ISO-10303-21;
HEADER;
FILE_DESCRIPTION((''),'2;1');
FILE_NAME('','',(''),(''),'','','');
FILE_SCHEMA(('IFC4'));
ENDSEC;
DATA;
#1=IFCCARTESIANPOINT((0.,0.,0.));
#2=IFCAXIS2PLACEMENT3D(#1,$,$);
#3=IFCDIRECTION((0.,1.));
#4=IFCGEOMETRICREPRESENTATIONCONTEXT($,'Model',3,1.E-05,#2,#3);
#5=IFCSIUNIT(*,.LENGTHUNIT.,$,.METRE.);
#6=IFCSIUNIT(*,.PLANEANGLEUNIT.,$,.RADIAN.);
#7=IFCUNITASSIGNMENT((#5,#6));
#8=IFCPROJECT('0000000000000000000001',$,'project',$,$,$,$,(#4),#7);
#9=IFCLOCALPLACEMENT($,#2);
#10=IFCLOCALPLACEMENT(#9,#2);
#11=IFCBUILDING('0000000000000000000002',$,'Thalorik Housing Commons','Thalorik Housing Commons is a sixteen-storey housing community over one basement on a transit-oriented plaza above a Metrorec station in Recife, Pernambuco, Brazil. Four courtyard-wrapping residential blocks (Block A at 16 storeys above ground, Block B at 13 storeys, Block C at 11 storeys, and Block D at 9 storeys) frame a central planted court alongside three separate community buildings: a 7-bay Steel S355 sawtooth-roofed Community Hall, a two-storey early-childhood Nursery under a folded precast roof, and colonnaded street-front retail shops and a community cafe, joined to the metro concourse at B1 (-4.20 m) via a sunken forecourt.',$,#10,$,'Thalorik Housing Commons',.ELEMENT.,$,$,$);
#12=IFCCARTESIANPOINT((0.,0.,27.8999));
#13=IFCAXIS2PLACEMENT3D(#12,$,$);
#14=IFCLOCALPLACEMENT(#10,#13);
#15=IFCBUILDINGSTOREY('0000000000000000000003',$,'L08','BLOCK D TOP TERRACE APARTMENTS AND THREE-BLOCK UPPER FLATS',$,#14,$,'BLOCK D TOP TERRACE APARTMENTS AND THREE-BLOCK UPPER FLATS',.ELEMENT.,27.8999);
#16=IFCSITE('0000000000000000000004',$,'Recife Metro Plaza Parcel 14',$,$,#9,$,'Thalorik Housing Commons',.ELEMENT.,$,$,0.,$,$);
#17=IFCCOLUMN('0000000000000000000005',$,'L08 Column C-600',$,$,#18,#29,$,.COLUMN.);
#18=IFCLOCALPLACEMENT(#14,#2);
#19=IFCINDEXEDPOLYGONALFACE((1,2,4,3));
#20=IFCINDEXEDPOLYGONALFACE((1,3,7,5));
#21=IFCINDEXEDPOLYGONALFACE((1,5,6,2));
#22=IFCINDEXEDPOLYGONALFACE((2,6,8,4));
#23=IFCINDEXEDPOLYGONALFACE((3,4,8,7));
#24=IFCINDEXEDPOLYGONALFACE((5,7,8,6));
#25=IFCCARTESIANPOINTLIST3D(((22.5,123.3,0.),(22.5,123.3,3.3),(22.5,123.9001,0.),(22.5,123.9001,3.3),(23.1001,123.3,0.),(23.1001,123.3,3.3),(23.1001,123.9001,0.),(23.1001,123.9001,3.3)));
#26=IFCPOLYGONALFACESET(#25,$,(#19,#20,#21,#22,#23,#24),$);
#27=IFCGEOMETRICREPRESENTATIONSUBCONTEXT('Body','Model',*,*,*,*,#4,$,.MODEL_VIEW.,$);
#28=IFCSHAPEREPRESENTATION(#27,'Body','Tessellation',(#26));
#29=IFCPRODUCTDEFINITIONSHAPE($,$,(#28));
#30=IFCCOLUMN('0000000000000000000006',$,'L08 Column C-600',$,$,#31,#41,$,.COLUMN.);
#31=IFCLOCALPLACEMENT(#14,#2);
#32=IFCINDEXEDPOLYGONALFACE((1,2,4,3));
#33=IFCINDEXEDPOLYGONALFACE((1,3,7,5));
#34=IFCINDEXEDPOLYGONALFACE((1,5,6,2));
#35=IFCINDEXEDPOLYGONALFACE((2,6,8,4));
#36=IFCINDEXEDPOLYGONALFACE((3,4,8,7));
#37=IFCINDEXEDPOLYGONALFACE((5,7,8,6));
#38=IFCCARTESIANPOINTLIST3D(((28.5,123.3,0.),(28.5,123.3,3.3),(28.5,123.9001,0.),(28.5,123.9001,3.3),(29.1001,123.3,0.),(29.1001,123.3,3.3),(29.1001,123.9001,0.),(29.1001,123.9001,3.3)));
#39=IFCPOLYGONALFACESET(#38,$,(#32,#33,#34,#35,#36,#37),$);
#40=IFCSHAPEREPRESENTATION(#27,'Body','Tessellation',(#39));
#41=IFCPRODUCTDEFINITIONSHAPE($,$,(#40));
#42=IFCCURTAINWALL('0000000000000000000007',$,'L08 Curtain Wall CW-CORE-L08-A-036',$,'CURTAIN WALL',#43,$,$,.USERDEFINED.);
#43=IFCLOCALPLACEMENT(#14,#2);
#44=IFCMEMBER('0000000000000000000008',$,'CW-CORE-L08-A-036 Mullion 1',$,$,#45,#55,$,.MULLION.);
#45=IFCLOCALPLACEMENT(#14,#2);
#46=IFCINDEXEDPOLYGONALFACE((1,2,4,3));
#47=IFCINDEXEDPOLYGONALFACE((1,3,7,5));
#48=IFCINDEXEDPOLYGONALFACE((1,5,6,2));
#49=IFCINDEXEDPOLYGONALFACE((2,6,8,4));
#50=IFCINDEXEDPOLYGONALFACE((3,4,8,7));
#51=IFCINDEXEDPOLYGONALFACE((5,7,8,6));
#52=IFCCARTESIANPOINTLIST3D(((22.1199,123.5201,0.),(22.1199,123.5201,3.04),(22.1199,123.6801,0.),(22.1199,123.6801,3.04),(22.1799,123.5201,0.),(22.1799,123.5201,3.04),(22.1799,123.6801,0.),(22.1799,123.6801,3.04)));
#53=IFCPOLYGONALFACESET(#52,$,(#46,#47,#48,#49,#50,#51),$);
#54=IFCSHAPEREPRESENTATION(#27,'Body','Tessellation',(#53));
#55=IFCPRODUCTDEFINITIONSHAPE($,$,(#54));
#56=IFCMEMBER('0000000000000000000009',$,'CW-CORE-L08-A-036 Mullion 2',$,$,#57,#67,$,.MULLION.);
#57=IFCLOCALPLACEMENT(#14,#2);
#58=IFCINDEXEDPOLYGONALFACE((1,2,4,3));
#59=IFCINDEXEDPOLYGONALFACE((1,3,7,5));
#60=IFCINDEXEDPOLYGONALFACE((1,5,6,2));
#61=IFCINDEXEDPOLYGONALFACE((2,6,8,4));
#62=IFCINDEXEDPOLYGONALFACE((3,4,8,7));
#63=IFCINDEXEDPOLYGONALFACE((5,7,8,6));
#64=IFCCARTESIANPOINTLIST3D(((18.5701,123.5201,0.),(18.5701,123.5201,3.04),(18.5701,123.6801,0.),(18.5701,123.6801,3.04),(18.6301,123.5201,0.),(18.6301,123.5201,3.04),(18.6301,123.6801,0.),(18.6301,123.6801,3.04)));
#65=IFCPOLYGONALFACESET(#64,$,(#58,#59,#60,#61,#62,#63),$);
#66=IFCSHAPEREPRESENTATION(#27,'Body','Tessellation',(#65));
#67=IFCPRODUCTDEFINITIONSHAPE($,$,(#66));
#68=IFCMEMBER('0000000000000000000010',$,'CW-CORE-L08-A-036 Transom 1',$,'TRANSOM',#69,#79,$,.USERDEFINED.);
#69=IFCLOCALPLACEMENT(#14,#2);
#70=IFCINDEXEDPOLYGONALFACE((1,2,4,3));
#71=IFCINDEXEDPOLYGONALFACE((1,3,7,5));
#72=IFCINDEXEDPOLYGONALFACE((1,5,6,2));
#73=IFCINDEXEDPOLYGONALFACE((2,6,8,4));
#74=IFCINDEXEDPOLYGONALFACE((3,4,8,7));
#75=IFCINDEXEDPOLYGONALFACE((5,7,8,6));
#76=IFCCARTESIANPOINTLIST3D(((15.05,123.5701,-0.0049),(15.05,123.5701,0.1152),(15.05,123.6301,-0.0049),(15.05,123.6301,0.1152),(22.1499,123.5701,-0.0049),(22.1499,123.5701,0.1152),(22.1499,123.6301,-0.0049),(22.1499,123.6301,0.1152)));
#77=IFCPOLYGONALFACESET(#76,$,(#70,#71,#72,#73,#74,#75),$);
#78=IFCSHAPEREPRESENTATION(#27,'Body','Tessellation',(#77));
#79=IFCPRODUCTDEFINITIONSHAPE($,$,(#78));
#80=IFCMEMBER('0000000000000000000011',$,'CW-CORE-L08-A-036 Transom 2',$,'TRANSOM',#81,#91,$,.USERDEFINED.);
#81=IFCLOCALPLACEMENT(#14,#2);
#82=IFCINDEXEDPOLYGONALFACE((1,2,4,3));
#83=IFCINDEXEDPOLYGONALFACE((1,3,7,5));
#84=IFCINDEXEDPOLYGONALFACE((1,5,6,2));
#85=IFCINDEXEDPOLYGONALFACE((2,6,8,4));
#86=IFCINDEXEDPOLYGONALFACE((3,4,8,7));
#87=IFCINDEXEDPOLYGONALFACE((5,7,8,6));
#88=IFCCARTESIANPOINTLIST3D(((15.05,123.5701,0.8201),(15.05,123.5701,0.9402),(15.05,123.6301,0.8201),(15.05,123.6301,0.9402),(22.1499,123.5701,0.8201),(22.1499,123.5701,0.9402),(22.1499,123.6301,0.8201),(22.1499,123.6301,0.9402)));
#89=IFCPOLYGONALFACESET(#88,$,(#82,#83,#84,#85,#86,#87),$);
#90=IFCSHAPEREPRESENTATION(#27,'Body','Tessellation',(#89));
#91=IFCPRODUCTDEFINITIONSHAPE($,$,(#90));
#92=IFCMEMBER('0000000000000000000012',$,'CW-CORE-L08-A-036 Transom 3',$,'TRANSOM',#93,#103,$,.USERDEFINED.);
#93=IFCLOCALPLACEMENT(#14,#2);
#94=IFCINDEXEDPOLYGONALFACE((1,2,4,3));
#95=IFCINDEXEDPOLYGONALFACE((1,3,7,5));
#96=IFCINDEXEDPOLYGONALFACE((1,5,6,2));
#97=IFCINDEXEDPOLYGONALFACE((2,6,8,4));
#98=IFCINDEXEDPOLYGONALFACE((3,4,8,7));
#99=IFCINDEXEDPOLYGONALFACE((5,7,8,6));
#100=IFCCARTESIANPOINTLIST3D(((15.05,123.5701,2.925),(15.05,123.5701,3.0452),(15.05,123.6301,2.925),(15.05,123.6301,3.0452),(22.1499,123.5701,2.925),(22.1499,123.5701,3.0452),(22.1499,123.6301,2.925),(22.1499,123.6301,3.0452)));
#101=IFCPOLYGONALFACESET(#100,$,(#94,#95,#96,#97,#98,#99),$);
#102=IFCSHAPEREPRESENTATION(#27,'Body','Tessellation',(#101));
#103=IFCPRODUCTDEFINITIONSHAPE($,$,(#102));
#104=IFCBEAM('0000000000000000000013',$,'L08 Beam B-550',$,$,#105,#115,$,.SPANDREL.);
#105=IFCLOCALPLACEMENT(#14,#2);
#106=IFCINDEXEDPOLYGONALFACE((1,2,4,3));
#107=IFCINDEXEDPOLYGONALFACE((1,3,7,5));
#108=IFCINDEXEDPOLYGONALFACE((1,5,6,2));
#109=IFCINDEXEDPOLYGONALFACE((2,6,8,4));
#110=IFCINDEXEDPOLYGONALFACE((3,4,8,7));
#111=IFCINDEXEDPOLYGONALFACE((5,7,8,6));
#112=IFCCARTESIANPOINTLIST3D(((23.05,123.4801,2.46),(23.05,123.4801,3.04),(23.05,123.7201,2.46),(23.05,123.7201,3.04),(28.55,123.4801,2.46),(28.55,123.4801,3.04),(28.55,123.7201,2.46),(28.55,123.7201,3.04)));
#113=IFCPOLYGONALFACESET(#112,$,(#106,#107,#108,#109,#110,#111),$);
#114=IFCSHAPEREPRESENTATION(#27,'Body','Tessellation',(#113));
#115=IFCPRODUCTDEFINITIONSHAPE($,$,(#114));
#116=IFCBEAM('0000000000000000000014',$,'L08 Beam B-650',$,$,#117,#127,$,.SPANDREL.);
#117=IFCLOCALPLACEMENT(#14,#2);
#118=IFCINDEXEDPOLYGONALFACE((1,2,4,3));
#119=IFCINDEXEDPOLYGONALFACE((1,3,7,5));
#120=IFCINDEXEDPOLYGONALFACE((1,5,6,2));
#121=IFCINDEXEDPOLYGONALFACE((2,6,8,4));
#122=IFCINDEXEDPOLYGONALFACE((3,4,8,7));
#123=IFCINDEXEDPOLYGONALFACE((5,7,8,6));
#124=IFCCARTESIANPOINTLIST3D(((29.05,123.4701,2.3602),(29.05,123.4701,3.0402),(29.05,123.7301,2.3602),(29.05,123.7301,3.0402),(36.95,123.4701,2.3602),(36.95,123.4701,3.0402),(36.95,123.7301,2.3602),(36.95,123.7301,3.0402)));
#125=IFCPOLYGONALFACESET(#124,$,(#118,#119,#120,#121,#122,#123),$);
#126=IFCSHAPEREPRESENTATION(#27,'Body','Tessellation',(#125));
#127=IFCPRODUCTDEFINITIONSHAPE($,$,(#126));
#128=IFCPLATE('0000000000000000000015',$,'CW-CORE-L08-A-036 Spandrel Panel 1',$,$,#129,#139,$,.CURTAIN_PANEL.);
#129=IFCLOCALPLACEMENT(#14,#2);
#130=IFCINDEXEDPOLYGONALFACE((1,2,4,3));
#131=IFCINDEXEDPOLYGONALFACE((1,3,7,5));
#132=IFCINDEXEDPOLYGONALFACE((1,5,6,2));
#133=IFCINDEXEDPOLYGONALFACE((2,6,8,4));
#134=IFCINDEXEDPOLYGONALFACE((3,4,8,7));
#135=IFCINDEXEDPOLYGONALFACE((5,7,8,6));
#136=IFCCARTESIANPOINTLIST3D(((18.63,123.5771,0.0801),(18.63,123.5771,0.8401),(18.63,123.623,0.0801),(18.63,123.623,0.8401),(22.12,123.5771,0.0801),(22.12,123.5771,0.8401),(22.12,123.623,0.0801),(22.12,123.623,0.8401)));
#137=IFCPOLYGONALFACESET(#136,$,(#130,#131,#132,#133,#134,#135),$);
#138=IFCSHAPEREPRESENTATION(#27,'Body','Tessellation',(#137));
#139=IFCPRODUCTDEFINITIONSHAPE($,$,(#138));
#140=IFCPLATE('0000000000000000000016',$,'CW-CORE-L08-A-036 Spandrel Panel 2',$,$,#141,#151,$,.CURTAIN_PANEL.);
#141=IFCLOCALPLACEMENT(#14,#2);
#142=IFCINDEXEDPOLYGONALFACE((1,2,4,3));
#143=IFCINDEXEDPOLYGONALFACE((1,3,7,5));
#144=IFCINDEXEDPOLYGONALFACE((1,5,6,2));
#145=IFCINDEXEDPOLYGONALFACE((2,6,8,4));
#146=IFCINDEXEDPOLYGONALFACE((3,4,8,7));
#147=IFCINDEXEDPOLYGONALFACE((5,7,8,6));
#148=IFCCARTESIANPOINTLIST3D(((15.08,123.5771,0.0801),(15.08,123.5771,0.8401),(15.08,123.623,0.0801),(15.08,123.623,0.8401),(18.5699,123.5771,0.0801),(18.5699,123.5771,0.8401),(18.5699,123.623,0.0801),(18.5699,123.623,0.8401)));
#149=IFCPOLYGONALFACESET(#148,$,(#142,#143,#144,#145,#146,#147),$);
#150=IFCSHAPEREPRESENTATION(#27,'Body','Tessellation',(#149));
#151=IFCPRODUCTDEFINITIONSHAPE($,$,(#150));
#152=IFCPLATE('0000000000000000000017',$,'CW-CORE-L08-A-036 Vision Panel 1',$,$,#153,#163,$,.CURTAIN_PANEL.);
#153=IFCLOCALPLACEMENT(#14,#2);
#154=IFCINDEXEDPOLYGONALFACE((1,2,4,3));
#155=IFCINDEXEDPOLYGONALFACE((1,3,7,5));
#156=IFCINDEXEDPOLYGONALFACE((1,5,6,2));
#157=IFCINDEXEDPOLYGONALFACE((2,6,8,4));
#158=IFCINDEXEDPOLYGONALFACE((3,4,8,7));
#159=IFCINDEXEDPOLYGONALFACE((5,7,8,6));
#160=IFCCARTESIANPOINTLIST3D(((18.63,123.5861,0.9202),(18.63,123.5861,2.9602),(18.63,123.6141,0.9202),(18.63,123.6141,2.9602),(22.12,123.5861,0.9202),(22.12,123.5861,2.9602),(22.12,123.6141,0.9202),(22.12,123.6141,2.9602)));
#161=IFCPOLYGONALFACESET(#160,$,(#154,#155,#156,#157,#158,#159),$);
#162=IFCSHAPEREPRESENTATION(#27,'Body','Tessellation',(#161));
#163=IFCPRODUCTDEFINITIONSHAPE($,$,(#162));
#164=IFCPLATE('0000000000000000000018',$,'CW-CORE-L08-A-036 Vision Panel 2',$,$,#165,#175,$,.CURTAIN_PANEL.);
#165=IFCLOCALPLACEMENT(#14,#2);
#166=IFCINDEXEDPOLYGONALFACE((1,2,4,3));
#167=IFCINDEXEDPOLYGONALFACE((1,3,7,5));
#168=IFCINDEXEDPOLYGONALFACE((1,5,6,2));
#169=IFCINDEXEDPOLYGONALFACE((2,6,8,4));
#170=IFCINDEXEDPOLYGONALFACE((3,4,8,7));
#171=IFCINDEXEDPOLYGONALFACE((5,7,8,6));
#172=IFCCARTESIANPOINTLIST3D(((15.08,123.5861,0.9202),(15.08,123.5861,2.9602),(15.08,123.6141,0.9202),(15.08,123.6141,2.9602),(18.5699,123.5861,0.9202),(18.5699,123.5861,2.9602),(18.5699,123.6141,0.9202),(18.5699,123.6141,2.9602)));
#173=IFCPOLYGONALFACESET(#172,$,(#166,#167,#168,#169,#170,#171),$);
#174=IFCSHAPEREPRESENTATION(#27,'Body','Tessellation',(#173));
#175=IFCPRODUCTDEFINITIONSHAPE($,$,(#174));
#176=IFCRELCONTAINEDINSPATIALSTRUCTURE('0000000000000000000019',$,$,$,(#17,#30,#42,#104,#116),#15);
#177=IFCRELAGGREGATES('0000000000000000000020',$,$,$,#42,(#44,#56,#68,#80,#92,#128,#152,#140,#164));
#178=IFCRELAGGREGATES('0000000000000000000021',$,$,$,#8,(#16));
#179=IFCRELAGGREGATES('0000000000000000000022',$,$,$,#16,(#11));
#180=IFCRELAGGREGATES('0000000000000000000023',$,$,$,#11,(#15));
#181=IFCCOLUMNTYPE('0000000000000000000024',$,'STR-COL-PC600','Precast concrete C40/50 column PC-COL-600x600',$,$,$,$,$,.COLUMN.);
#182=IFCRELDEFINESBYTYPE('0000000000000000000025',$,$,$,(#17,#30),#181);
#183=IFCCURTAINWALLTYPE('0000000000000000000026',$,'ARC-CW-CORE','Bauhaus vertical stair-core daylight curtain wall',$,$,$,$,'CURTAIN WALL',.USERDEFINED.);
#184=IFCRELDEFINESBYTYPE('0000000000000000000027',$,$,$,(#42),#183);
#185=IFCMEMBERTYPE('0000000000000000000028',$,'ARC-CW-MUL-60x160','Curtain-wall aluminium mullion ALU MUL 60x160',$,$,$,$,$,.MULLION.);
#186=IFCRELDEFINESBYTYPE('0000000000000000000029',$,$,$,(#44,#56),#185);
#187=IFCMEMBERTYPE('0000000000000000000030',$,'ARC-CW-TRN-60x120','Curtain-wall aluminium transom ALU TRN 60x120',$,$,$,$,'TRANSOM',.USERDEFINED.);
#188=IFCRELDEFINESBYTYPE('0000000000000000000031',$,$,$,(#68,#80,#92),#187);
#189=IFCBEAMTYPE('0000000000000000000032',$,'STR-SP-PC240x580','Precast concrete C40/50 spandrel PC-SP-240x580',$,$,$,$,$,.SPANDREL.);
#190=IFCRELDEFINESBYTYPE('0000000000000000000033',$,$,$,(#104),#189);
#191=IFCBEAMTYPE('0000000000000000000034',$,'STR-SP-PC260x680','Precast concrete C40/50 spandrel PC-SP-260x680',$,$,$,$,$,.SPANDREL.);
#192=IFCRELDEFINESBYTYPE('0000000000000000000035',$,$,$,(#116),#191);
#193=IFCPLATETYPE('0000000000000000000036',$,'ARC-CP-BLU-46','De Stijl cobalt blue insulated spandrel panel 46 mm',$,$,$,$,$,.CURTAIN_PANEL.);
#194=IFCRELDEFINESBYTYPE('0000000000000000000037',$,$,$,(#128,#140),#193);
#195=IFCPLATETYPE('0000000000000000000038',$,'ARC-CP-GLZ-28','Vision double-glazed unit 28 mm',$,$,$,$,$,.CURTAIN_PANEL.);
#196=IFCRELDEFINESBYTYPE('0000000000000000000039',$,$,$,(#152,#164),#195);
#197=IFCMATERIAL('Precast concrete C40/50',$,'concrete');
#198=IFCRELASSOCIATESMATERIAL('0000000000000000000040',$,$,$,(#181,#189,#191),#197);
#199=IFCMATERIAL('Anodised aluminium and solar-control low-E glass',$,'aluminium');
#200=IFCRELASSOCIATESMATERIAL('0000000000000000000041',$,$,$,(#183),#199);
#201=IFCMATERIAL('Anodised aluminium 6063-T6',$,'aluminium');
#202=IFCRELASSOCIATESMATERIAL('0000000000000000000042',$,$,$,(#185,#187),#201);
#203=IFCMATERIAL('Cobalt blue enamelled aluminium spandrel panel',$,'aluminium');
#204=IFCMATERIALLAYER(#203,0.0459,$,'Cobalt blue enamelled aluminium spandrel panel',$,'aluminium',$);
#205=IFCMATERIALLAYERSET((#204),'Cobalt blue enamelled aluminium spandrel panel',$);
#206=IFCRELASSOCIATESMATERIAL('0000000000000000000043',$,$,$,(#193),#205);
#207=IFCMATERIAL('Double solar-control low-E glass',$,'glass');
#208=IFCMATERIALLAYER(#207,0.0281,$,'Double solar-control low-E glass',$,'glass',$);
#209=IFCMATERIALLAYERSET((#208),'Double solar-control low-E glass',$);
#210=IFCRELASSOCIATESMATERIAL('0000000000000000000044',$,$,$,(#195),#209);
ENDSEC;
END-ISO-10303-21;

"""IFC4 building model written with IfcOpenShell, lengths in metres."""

from ifc_helpers import new_model, si_unit, direction, frame, origin, origin_2d, place, context, subcontext, project, spatial, rectangle, extrude, material, layer, layer_set, material_profile, profile_set, type_object, element, aggregate, save


model = new_model("IFC4")

# Units and contexts
model_context = context("Model", 3, precision=1e-05, world=origin(), true_north=direction((0.0, 1.0)))
body_context = subcontext(model_context, "Body", "Model", "MODEL_VIEW")
ifc_project = project(units=[si_unit("LENGTHUNIT", "METRE"), si_unit("PLANEANGLEUNIT", "RADIAN")], contexts=[model_context])

# Site, building, storey
site_placement = place(None, origin())
site = spatial("IfcSite", under=ifc_project, at=site_placement, Name="Recife Metro Plaza Parcel 14", LongName="Thalorik Housing Commons", CompositionType="ELEMENT", RefElevation=0.0)
building_placement = place(site_placement, origin())
building = spatial("IfcBuilding", under=site, at=building_placement, Name="Thalorik Housing Commons", Description="Thalorik Housing Commons is a sixteen-storey housing community over one basement on a transit-oriented plaza above a Metrorec station in Recife, Pernambuco, Brazil. Four courtyard-wrapping residential blocks (Block A at 16 storeys above ground, Block B at 13 storeys, Block C at 11 storeys, and Block D at 9 storeys) frame a central planted court alongside three separate community buildings: a 7-bay Steel S355 sawtooth-roofed Community Hall, a two-storey early-childhood Nursery under a folded precast roof, and colonnaded street-front retail shops and a community cafe, joined to the metro concourse at B1 (-4.20 m) via a sunken forecourt.", LongName="Thalorik Housing Commons", CompositionType="ELEMENT")
storey_placement = place(building_placement, frame((0.0, 0.0, 27.8999)))
storey = spatial("IfcBuildingStorey", under=building, at=storey_placement, Name="L08", Description="BLOCK D TOP TERRACE APARTMENTS AND THREE-BLOCK UPPER FLATS", LongName="BLOCK D TOP TERRACE APARTMENTS AND THREE-BLOCK UPPER FLATS", CompositionType="ELEMENT", Elevation=27.8999)

# Columns
ifc_material_1 = material(Name="Precast concrete C40/50", Category="concrete")
ifc_material_profile_1 = material_profile(ifc_material_1, rectangle(XDim=0.6001, YDim=0.6001, at=origin_2d()), Name="PC 600x600", Category="concrete")
ifc_profile_set_1 = profile_set([ifc_material_profile_1], Name="Precast concrete C40/50")
column_type = type_object("IfcColumnType", Name="STR-COL-PC600", Description="Precast concrete C40/50 column PC-COL-600x600", PredefinedType="COLUMN", material=ifc_profile_set_1)
for number, where, z_axis, x_axis, name in (
    (1, (22.8, 123.6001, 0.0), (0.0, 0.0, 1.0), (1.0, 0.0, 0.0), "L08 Column C-600"),
    (2, (28.8, 123.6001, 0.0), (0.0, 0.0, 1.0), (1.0, 0.0, 0.0), "L08 Column C-600"),
):
    element("IfcColumn", number, at=place(storey_placement, frame(where, z_axis=z_axis, x_axis=x_axis)), inside=storey, type_object=column_type, Name=name, PredefinedType="COLUMN", context=body_context, shape_type="SweptSolid", body=[
        extrude(rectangle(XDim=0.6001, YDim=0.6001, at=origin_2d()), origin(), (0.0, 0.0, 1.0), 3.3),
    ])

# Curtain wall, members
ifc_material_2 = material(Name="Anodised aluminium and solar-control low-E glass", Category="aluminium")
curtain_wall_type = type_object("IfcCurtainWallType", Name="ARC-CW-CORE", Description="Bauhaus vertical stair-core daylight curtain wall", ElementType="CURTAIN WALL", PredefinedType="USERDEFINED", material=ifc_material_2)
curtain_wall_placement = place(storey_placement, origin())
curtain_wall = element("IfcCurtainWall", 3, at=curtain_wall_placement, inside=storey, type_object=curtain_wall_type, Name="L08 Curtain Wall CW-CORE-L08-A-036", ObjectType="CURTAIN WALL", PredefinedType="USERDEFINED")
ifc_material_3 = material(Name="Anodised aluminium 6063-T6", Category="aluminium")
ifc_material_profile_2 = material_profile(ifc_material_3, rectangle(XDim=0.0601, YDim=0.1599, at=origin_2d()), Name="ALU MUL 60x160", Category="aluminium")
ifc_profile_set_2 = profile_set([ifc_material_profile_2], Name="Anodised aluminium 6063-T6")
member_type_1 = type_object("IfcMemberType", Name="ARC-CW-MUL-60x160", Description="Curtain-wall aluminium mullion ALU MUL 60x160", PredefinedType="MULLION", material=ifc_profile_set_2)
member_1_placement = place(storey_placement, frame((22.1499, 123.6001, 0.0), z_axis=(0.0, 0.0, 1.0), x_axis=(-1.0, 0.0, 0.0)))
member_1 = element("IfcMember", 4, at=member_1_placement, type_object=member_type_1, Name="CW-CORE-L08-A-036 Mullion 1", PredefinedType="MULLION", context=body_context, shape_type="SweptSolid", body=[
    extrude(rectangle(XDim=0.0601, YDim=0.1599, at=origin_2d()), origin(), (0.0, 0.0, 1.0), 3.04),
])
member_2_placement = place(storey_placement, frame((18.6001, 123.6001, 0.0), z_axis=(0.0, 0.0, 1.0), x_axis=(-1.0, 0.0, 0.0)))
member_2 = element("IfcMember", 5, at=member_2_placement, type_object=member_type_1, Name="CW-CORE-L08-A-036 Mullion 2", PredefinedType="MULLION", context=body_context, shape_type="SweptSolid", body=[
    extrude(rectangle(XDim=0.0601, YDim=0.1599, at=origin_2d()), origin(), (0.0, 0.0, 1.0), 3.04),
])
ifc_material_profile_3 = material_profile(ifc_material_3, rectangle(XDim=0.0601, YDim=0.1201, at=origin_2d()), Name="ALU TRN 60x120", Category="aluminium")
ifc_profile_set_3 = profile_set([ifc_material_profile_3], Name="Anodised aluminium 6063-T6")
member_type_2 = type_object("IfcMemberType", Name="ARC-CW-TRN-60x120", Description="Curtain-wall aluminium transom ALU TRN 60x120", ElementType="TRANSOM", PredefinedType="USERDEFINED", material=ifc_profile_set_3)
member_3_placement = place(storey_placement, frame((22.1499, 123.6001, 0.0552), z_axis=(-1.0, 0.0, 0.0), x_axis=(0.0, -1.0, 0.0)))
member_3 = element("IfcMember", 6, at=member_3_placement, type_object=member_type_2, Name="CW-CORE-L08-A-036 Transom 1", ObjectType="TRANSOM", PredefinedType="USERDEFINED", context=body_context, shape_type="SweptSolid", body=[
    extrude(rectangle(XDim=0.0601, YDim=0.1201, at=origin_2d()), origin(), (0.0, 0.0, 1.0), 7.0999),
])
member_4_placement = place(storey_placement, frame((22.1499, 123.6001, 0.8801), z_axis=(-1.0, 0.0, 0.0), x_axis=(0.0, -1.0, 0.0)))
member_4 = element("IfcMember", 7, at=member_4_placement, type_object=member_type_2, Name="CW-CORE-L08-A-036 Transom 2", ObjectType="TRANSOM", PredefinedType="USERDEFINED", context=body_context, shape_type="SweptSolid", body=[
    extrude(rectangle(XDim=0.0601, YDim=0.1201, at=origin_2d()), origin(), (0.0, 0.0, 1.0), 7.0999),
])
member_5_placement = place(storey_placement, frame((22.1499, 123.6001, 2.9851), z_axis=(-1.0, 0.0, 0.0), x_axis=(0.0, -1.0, 0.0)))
member_5 = element("IfcMember", 8, at=member_5_placement, type_object=member_type_2, Name="CW-CORE-L08-A-036 Transom 3", ObjectType="TRANSOM", PredefinedType="USERDEFINED", context=body_context, shape_type="SweptSolid", body=[
    extrude(rectangle(XDim=0.0601, YDim=0.1201, at=origin_2d()), origin(), (0.0, 0.0, 1.0), 7.0999),
])

# Beams
ifc_material_profile_4 = material_profile(ifc_material_1, rectangle(XDim=0.24, YDim=0.5801, at=origin_2d()), Name="PC SP 240x580", Category="concrete")
ifc_profile_set_4 = profile_set([ifc_material_profile_4], Name="Precast concrete C40/50")
beam_type_1 = type_object("IfcBeamType", Name="STR-SP-PC240x580", Description="Precast concrete C40/50 spandrel PC-SP-240x580", PredefinedType="SPANDREL", material=ifc_profile_set_4)
beam_1_placement = place(storey_placement, frame((23.05, 123.6001, 2.75), z_axis=(1.0, 0.0, 0.0), x_axis=(0.0, 1.0, 0.0)))
element("IfcBeam", 9, at=beam_1_placement, inside=storey, type_object=beam_type_1, Name="L08 Beam B-550", PredefinedType="SPANDREL", context=body_context, shape_type="SweptSolid", body=[
    extrude(rectangle(XDim=0.24, YDim=0.5801, at=origin_2d()), origin(), (0.0, 0.0, 1.0), 5.5),
])
ifc_material_profile_5 = material_profile(ifc_material_1, rectangle(XDim=0.26, YDim=0.6799, at=origin_2d()), Name="PC SP 260x680", Category="concrete")
ifc_profile_set_5 = profile_set([ifc_material_profile_5], Name="Precast concrete C40/50")
beam_type_2 = type_object("IfcBeamType", Name="STR-SP-PC260x680", Description="Precast concrete C40/50 spandrel PC-SP-260x680", PredefinedType="SPANDREL", material=ifc_profile_set_5)
beam_2_placement = place(storey_placement, frame((29.05, 123.6001, 2.7002), z_axis=(1.0, 0.0, 0.0), x_axis=(0.0, 1.0, 0.0)))
element("IfcBeam", 10, at=beam_2_placement, inside=storey, type_object=beam_type_2, Name="L08 Beam B-650", PredefinedType="SPANDREL", context=body_context, shape_type="SweptSolid", body=[
    extrude(rectangle(XDim=0.26, YDim=0.6799, at=origin_2d()), origin(), (0.0, 0.0, 1.0), 7.8999),
])

# Plates
ifc_material_4 = material(Name="Cobalt blue enamelled aluminium spandrel panel", Category="aluminium")
ifc_layer_1 = layer(ifc_material_4, 0.0459, Name="Cobalt blue enamelled aluminium spandrel panel", Category="aluminium")
ifc_layer_set_1 = layer_set([ifc_layer_1], Name="Cobalt blue enamelled aluminium spandrel panel")
plate_type_1 = type_object("IfcPlateType", Name="ARC-CP-BLU-46", Description="De Stijl cobalt blue insulated spandrel panel 46 mm", PredefinedType="CURTAIN_PANEL", material=ifc_layer_set_1)
plate_1_placement = place(storey_placement, frame((20.375, 123.6001, 0.0801), z_axis=(0.0, 0.0, 1.0), x_axis=(-1.0, 0.0, 0.0)))
plate_1 = element("IfcPlate", 11, at=plate_1_placement, type_object=plate_type_1, Name="CW-CORE-L08-A-036 Spandrel Panel 1", PredefinedType="CURTAIN_PANEL", context=body_context, shape_type="SweptSolid", body=[
    extrude(rectangle(XDim=3.49, YDim=0.0459, at=origin_2d()), origin(), (0.0, 0.0, 1.0), 0.76),
])
plate_2_placement = place(storey_placement, frame((16.825, 123.6001, 0.0801), z_axis=(0.0, 0.0, 1.0), x_axis=(-1.0, 0.0, 0.0)))
plate_2 = element("IfcPlate", 12, at=plate_2_placement, type_object=plate_type_1, Name="CW-CORE-L08-A-036 Spandrel Panel 2", PredefinedType="CURTAIN_PANEL", context=body_context, shape_type="SweptSolid", body=[
    extrude(rectangle(XDim=3.49, YDim=0.0459, at=origin_2d()), origin(), (0.0, 0.0, 1.0), 0.76),
])
ifc_material_5 = material(Name="Double solar-control low-E glass", Category="glass")
ifc_layer_2 = layer(ifc_material_5, 0.0281, Name="Double solar-control low-E glass", Category="glass")
ifc_layer_set_2 = layer_set([ifc_layer_2], Name="Double solar-control low-E glass")
plate_type_2 = type_object("IfcPlateType", Name="ARC-CP-GLZ-28", Description="Vision double-glazed unit 28 mm", PredefinedType="CURTAIN_PANEL", material=ifc_layer_set_2)
plate_3_placement = place(storey_placement, frame((20.375, 123.6001, 0.9202), z_axis=(0.0, 0.0, 1.0), x_axis=(-1.0, 0.0, 0.0)))
plate_3 = element("IfcPlate", 13, at=plate_3_placement, type_object=plate_type_2, Name="CW-CORE-L08-A-036 Vision Panel 1", PredefinedType="CURTAIN_PANEL", context=body_context, shape_type="SweptSolid", body=[
    extrude(rectangle(XDim=3.49, YDim=0.0281, at=origin_2d()), origin(), (0.0, 0.0, 1.0), 2.04),
])
plate_4_placement = place(storey_placement, frame((16.825, 123.6001, 0.9202), z_axis=(0.0, 0.0, 1.0), x_axis=(-1.0, 0.0, 0.0)))
plate_4 = element("IfcPlate", 14, at=plate_4_placement, type_object=plate_type_2, Name="CW-CORE-L08-A-036 Vision Panel 2", PredefinedType="CURTAIN_PANEL", context=body_context, shape_type="SweptSolid", body=[
    extrude(rectangle(XDim=3.49, YDim=0.0281, at=origin_2d()), origin(), (0.0, 0.0, 1.0), 2.04),
])
aggregate(curtain_wall, [member_1, member_2, member_3, member_4, member_5, plate_1, plate_3, plate_2, plate_4])

save(model, "model.ifc")
